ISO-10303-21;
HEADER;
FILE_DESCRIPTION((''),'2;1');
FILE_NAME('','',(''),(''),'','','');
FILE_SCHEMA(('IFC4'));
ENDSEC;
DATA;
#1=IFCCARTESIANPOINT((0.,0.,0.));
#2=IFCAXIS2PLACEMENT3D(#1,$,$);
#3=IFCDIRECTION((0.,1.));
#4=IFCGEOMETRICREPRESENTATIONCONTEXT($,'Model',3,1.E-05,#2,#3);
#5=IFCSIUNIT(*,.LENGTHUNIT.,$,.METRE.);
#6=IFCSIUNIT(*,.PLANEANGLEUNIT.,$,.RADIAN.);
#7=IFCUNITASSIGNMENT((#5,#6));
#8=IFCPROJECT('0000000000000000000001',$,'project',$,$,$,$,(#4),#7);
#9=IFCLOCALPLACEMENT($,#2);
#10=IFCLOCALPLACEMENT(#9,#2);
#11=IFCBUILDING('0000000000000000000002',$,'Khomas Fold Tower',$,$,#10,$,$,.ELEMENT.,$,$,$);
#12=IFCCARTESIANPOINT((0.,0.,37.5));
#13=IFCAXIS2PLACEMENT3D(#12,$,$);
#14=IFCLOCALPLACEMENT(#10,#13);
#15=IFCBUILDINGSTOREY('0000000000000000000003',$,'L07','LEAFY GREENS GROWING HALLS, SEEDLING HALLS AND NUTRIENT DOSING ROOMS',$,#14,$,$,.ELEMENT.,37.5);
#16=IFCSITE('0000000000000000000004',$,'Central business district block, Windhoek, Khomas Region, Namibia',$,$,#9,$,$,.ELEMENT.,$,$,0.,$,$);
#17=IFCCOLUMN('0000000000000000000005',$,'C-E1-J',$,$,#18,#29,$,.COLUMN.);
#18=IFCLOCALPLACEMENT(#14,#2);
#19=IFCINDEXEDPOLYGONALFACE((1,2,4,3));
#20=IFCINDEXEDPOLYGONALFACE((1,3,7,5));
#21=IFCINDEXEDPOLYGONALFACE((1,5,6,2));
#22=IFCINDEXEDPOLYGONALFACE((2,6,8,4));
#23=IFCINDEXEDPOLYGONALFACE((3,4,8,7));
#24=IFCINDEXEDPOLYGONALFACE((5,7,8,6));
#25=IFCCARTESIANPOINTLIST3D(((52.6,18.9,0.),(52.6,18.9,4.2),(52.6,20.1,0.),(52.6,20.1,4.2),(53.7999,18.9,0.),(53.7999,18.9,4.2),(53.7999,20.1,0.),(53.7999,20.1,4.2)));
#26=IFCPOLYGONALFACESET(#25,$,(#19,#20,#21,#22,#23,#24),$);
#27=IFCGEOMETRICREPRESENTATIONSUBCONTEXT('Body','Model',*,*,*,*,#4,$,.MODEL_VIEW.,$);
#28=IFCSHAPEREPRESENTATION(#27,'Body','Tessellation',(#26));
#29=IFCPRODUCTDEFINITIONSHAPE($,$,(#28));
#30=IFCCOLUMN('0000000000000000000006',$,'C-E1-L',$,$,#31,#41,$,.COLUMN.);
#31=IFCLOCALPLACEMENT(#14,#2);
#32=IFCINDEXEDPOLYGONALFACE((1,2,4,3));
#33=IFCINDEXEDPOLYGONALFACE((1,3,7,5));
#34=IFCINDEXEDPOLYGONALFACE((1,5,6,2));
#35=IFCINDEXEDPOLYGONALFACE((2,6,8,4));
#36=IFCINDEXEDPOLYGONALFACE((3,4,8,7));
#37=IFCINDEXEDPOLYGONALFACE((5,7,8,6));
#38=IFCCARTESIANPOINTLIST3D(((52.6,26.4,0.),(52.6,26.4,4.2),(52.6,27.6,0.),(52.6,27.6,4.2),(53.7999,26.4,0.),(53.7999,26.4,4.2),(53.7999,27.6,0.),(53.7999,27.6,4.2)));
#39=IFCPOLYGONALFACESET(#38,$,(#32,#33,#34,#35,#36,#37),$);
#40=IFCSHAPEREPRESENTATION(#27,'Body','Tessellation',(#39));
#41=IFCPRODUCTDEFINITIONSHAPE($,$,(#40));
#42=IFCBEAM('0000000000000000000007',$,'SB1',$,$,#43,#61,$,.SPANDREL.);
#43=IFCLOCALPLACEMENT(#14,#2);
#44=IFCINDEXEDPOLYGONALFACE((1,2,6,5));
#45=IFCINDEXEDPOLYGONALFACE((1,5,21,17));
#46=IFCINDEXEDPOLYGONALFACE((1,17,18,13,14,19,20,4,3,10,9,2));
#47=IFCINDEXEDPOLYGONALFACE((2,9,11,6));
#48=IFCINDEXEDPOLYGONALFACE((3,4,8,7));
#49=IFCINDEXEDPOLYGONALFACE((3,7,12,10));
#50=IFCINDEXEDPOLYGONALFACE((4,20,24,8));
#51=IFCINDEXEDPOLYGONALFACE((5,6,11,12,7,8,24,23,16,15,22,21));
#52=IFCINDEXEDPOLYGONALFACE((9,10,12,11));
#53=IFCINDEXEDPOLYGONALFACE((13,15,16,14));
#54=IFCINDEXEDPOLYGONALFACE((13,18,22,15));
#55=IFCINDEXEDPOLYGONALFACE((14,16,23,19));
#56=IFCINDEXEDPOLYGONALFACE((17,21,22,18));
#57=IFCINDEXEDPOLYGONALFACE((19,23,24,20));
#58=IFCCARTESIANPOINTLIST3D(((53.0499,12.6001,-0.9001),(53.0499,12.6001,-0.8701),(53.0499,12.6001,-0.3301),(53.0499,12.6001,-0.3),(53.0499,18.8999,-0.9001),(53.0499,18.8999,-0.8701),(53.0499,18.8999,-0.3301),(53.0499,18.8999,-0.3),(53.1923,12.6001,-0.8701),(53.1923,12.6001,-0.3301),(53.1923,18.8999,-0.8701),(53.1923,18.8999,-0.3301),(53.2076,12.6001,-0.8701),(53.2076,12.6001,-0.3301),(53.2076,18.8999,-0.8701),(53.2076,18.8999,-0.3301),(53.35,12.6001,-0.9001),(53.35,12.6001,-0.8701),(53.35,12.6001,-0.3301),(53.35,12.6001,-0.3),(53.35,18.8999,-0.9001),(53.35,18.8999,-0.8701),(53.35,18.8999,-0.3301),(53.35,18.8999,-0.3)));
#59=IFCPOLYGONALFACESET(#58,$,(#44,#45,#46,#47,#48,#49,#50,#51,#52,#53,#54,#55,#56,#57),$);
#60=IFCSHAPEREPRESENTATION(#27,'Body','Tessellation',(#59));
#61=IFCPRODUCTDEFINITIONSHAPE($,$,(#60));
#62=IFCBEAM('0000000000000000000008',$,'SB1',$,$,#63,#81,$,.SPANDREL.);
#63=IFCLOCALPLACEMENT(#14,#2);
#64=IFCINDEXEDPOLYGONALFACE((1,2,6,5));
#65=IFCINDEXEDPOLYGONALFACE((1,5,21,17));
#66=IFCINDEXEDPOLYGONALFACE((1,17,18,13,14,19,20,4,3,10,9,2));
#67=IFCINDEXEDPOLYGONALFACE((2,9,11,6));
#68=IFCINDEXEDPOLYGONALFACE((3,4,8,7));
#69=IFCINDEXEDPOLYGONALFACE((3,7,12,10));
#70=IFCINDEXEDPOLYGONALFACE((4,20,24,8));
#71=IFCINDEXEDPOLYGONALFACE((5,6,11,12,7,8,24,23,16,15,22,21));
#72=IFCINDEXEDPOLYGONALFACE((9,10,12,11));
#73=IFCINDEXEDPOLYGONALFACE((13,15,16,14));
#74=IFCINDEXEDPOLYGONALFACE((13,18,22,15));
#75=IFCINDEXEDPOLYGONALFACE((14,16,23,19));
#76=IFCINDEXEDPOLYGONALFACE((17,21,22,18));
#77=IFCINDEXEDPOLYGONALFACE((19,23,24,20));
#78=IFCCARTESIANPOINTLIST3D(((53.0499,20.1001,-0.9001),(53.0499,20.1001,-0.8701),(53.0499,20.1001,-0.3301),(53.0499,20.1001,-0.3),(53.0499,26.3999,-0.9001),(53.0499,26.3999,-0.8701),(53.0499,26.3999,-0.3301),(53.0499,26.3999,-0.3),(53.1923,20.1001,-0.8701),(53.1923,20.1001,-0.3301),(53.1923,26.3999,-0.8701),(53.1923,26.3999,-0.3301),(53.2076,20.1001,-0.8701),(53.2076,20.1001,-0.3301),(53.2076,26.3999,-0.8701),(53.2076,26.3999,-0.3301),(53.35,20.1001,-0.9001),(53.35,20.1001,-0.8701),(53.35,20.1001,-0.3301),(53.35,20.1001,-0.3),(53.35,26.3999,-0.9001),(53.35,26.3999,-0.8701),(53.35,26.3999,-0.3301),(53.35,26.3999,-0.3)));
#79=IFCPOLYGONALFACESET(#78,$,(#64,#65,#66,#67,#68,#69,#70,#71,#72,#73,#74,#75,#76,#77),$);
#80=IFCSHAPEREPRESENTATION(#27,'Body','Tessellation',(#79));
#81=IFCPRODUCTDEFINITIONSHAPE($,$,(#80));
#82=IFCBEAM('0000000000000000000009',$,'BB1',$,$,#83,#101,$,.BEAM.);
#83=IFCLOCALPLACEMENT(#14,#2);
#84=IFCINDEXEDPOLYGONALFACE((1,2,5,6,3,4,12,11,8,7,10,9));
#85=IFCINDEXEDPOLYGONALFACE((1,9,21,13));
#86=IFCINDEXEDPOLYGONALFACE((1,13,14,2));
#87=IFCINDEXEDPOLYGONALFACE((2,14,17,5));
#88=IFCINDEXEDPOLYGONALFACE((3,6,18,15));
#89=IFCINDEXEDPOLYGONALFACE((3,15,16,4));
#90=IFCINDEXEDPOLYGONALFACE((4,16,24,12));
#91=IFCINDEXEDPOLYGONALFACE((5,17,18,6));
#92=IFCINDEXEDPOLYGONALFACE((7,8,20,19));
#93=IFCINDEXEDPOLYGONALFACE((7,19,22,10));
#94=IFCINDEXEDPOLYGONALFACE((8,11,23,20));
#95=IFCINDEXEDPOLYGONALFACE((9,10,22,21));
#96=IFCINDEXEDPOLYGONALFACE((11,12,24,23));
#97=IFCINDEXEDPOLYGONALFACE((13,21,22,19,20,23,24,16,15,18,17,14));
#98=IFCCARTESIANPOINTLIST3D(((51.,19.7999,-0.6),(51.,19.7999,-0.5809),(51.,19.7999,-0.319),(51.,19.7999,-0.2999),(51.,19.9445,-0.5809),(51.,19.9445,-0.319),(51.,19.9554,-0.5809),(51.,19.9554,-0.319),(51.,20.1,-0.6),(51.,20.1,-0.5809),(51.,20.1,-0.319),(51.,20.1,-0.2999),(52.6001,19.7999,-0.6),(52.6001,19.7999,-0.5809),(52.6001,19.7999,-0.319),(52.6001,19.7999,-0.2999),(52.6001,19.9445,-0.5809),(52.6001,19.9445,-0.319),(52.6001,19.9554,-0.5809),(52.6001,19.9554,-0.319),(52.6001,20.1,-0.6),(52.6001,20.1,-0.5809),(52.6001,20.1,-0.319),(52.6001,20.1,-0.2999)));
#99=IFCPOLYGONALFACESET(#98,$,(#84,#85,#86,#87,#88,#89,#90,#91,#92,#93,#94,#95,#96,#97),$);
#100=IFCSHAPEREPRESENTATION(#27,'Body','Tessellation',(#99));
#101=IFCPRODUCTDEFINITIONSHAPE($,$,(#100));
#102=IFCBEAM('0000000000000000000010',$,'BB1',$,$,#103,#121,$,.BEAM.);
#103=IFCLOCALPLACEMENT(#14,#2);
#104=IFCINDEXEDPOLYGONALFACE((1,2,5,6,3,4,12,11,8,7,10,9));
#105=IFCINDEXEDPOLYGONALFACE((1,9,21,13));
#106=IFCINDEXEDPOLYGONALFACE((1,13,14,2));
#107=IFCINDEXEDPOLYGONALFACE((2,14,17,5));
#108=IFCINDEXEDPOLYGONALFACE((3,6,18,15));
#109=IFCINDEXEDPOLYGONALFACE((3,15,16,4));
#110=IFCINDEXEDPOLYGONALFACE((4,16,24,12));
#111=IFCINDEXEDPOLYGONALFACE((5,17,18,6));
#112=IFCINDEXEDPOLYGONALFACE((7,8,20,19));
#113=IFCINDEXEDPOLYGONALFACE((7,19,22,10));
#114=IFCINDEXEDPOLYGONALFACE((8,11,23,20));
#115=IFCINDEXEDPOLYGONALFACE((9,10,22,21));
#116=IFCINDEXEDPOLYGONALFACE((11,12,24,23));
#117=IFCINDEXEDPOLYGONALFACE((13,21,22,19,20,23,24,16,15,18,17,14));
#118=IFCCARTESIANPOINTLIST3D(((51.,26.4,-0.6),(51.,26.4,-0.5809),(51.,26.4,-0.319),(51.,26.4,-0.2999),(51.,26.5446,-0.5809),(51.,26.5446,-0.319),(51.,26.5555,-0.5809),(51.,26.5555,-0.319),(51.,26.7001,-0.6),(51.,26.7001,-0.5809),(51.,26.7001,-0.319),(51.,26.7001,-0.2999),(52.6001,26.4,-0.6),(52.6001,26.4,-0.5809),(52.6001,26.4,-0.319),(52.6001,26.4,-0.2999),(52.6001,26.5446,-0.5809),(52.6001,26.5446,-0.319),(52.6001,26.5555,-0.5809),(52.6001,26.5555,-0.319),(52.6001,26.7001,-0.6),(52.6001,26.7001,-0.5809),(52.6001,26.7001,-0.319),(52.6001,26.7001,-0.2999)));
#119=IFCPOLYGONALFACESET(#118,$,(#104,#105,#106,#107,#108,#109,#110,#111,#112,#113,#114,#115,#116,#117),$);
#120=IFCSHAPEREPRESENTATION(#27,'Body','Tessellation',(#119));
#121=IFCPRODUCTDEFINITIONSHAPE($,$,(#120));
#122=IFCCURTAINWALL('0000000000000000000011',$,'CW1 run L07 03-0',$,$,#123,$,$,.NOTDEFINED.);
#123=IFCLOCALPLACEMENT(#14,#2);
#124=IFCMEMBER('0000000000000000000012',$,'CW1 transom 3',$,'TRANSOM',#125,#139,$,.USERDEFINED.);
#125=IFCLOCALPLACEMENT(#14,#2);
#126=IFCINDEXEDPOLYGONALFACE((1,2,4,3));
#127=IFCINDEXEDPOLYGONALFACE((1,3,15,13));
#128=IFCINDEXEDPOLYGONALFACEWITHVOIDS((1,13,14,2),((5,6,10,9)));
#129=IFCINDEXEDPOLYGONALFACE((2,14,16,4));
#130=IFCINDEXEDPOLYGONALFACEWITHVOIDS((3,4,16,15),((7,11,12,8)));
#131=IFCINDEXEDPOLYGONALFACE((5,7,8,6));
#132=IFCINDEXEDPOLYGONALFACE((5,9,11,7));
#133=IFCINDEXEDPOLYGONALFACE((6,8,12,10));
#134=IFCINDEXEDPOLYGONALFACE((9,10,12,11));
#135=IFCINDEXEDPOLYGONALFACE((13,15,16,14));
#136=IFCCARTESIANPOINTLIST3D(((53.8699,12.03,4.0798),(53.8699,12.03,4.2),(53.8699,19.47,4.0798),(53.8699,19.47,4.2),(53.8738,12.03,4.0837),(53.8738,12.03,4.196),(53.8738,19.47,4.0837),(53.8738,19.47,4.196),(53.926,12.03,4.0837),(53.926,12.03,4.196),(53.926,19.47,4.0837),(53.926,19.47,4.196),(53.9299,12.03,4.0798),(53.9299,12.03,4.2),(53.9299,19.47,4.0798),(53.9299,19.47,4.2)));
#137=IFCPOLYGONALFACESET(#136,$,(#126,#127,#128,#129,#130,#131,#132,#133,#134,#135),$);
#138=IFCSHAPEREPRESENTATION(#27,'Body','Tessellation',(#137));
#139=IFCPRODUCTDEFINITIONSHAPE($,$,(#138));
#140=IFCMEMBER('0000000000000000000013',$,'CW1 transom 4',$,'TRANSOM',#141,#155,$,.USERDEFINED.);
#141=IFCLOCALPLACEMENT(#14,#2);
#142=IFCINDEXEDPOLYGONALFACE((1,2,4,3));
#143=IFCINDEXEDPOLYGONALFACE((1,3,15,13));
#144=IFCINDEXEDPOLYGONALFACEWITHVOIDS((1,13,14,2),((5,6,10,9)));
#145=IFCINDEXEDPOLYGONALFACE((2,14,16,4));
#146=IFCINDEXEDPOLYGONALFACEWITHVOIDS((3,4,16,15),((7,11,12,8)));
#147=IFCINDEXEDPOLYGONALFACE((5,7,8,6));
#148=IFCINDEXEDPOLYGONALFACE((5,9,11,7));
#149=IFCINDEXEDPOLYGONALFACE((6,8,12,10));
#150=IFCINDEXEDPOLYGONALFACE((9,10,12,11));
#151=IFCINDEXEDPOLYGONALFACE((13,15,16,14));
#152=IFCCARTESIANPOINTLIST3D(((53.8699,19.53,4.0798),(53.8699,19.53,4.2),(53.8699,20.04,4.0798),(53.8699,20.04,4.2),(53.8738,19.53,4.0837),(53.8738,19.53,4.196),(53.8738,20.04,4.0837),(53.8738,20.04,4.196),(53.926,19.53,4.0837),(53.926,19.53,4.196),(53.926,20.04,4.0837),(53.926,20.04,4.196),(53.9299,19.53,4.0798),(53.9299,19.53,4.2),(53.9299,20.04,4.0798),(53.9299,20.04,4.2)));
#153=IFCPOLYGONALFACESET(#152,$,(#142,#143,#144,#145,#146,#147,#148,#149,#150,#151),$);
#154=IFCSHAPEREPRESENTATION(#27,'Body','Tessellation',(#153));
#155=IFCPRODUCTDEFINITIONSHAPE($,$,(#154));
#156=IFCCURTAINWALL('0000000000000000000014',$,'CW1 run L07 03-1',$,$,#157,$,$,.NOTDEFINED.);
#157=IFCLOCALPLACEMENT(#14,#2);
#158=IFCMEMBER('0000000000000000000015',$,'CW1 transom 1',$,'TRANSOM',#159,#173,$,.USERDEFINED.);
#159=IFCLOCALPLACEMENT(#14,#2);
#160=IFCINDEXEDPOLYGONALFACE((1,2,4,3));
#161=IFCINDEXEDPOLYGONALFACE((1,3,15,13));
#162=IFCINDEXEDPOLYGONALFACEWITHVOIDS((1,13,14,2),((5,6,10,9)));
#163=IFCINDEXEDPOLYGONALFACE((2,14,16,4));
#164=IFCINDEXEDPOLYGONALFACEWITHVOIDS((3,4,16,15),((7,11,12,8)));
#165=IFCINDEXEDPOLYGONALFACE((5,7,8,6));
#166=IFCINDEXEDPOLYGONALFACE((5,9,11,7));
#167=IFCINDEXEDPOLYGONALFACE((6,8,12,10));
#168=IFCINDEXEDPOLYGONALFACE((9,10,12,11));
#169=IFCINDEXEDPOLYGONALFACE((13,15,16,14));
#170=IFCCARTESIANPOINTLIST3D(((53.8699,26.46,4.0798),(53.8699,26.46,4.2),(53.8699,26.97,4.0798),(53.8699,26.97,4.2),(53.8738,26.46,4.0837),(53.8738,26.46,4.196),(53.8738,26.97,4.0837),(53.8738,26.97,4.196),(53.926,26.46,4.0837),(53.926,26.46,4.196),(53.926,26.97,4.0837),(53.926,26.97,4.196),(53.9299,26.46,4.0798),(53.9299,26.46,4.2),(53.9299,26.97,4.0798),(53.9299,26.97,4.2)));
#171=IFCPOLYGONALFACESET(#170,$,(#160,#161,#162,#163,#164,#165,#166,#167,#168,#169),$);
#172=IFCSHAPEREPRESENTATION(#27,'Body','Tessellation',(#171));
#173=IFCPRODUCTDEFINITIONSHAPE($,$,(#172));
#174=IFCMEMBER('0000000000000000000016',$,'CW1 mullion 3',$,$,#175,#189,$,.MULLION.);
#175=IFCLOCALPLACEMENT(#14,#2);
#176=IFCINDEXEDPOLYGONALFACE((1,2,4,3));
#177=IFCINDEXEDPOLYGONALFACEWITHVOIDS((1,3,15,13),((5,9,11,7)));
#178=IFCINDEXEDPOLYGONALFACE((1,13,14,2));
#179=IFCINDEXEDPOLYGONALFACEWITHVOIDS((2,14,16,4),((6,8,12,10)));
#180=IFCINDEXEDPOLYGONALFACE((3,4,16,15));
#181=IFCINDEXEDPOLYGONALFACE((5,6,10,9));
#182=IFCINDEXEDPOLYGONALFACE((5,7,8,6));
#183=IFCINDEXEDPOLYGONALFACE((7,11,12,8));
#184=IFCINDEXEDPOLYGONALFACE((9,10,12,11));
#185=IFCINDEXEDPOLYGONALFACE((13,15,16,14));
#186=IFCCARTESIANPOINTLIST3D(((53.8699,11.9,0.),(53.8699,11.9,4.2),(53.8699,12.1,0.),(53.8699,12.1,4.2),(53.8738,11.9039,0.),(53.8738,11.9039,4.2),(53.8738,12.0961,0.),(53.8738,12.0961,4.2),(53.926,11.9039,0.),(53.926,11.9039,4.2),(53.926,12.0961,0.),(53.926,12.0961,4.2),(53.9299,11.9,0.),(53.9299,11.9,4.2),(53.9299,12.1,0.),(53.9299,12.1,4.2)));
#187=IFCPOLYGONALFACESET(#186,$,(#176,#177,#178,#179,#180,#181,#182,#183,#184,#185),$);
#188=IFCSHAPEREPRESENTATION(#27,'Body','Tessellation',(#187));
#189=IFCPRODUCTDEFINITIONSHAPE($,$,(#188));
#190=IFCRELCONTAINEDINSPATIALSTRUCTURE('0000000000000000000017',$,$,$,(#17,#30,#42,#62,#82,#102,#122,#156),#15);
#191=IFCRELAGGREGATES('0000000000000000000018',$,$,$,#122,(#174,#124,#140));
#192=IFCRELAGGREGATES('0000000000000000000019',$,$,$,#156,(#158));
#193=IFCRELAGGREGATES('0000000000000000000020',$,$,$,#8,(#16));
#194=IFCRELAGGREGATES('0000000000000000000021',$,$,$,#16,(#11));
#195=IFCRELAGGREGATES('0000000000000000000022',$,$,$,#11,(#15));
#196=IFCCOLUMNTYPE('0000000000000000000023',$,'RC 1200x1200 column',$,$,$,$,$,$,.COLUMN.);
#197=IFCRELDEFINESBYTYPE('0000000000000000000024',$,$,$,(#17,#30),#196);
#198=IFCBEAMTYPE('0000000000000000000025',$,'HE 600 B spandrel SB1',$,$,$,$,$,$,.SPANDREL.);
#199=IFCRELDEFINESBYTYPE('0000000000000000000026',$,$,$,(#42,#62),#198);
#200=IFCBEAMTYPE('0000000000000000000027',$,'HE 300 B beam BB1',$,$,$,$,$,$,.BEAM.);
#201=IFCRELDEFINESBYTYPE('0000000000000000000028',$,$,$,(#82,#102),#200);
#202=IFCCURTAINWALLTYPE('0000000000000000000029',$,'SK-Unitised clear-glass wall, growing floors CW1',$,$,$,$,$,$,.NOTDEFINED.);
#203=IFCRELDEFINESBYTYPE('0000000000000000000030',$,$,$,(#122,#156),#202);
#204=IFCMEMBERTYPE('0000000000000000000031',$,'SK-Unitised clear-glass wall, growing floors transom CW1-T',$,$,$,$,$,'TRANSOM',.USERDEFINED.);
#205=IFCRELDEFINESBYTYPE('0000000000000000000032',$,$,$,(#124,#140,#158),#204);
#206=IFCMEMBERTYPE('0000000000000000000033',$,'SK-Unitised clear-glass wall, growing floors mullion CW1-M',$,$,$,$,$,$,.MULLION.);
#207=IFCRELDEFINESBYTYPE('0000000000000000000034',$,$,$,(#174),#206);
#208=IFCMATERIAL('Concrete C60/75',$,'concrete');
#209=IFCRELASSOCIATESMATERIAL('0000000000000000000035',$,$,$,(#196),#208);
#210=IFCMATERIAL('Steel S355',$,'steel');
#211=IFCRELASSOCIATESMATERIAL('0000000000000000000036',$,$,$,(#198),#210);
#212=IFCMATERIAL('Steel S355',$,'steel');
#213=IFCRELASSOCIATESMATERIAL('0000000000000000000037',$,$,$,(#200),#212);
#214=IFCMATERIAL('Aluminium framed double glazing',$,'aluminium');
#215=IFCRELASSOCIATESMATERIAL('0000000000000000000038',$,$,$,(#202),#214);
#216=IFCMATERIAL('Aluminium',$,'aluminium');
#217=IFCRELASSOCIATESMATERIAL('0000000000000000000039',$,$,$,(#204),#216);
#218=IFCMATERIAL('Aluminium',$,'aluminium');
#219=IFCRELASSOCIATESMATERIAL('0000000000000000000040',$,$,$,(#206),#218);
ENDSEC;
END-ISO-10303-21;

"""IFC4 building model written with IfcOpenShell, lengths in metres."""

from ifc_helpers import new_model, si_unit, direction, frame, origin, origin_2d, place, context, subcontext, project, spatial, rectangle, hollow_rectangle, i_section, extrude, source, transform, mapped, material, material_profile, profile_set, type_object, element, aggregate, save


model = new_model("IFC4")

# Units and contexts
model_context = context("Model", 3, precision=1e-05, world=origin(), true_north=direction((0.0, 1.0)))
body_context = subcontext(model_context, "Body", "Model", "MODEL_VIEW")
ifc_project = project(units=[si_unit("LENGTHUNIT", "METRE"), si_unit("PLANEANGLEUNIT", "RADIAN")], contexts=[model_context])

# Site, building, storey
site_placement = place(None, origin())
site = spatial("IfcSite", under=ifc_project, at=site_placement, Name="Central business district block, Windhoek, Khomas Region, Namibia", CompositionType="ELEMENT", RefElevation=0.0)
building_placement = place(site_placement, origin())
building = spatial("IfcBuilding", under=site, at=building_placement, Name="Khomas Fold Tower", CompositionType="ELEMENT")
storey_placement = place(building_placement, frame((0.0, 0.0, 37.5)))
storey = spatial("IfcBuildingStorey", under=building, at=storey_placement, Name="L07", Description="LEAFY GREENS GROWING HALLS, SEEDLING HALLS AND NUTRIENT DOSING ROOMS", CompositionType="ELEMENT", Elevation=37.5)

# Columns
ifc_material_1 = material(Name="Concrete C60/75", Category="concrete")
ifc_material_profile_1 = material_profile(ifc_material_1, rectangle(XDim=1.2, YDim=1.2, at=origin_2d()), Name="RC 1200x1200")
ifc_profile_set_1 = profile_set([ifc_material_profile_1], Name="Concrete C60/75")
column_type = type_object("IfcColumnType", Name="RC 1200x1200 column", PredefinedType="COLUMN", material=ifc_profile_set_1)
shared_shape_1 = source(origin(), body_context, "Body", "SweptSolid", [
    extrude(rectangle(XDim=1.2, YDim=1.2, at=origin_2d()), origin(), (0.0, 0.0, 1.0), 4.2),
])
for number, where, z_axis, x_axis, name in (
    (1, (53.2, 19.5, 0.0), (0.0, 0.0, 1.0), (1.0, 0.0, 0.0), "C-E1-J"),
    (2, (53.2, 27.0, 0.0), (0.0, 0.0, 1.0), (1.0, 0.0, 0.0), "C-E1-L"),
):
    element("IfcColumn", number, at=place(storey_placement, frame(where, z_axis=z_axis, x_axis=x_axis)), inside=storey, type_object=column_type, Name=name, PredefinedType="COLUMN", context=body_context, shape_type="MappedRepresentation", body=[
        mapped(shared_shape_1, transform((0.0, 0.0, 0.0))),
    ])

# Beams
ifc_material_2 = material(Name="Steel S355", Category="steel")
ifc_material_profile_2 = material_profile(ifc_material_2, i_section(OverallWidth=0.3, OverallDepth=0.6001, WebThickness=0.0154, FlangeThickness=0.03, at=origin_2d()), Name="HE 600 B")
ifc_profile_set_2 = profile_set([ifc_material_profile_2], Name="Steel S355")
beam_type_1 = type_object("IfcBeamType", Name="HE 600 B spandrel SB1", PredefinedType="SPANDREL", material=ifc_profile_set_2)
shared_shape_2 = source(origin(), body_context, "Body", "SweptSolid", [
    extrude(i_section(OverallWidth=0.3, OverallDepth=0.6001, WebThickness=0.0154, FlangeThickness=0.03, at=origin_2d()), origin(), (0.0, 0.0, 1.0), 6.2998),
])
for number, where, z_axis, x_axis, name in (
    (3, (53.2, 12.6001, -0.6001), (0.0, 1.0, 0.0), (-1.0, 0.0, 0.0), "SB1"),
    (4, (53.2, 20.1001, -0.6001), (0.0, 1.0, 0.0), (-1.0, 0.0, 0.0), "SB1"),
):
    element("IfcBeam", number, at=place(storey_placement, frame(where, z_axis=z_axis, x_axis=x_axis)), inside=storey, type_object=beam_type_1, Name=name, PredefinedType="SPANDREL", context=body_context, shape_type="MappedRepresentation", body=[
        mapped(shared_shape_2, transform((0.0, 0.0, 0.0))),
    ])
ifc_material_3 = material(Name="Steel S355", Category="steel")
ifc_material_profile_3 = material_profile(ifc_material_3, i_section(OverallWidth=0.3, OverallDepth=0.3, WebThickness=0.011, FlangeThickness=0.019, at=origin_2d()), Name="HE 300 B")
ifc_profile_set_3 = profile_set([ifc_material_profile_3], Name="Steel S355")
beam_type_2 = type_object("IfcBeamType", Name="HE 300 B beam BB1", PredefinedType="BEAM", material=ifc_profile_set_3)
shared_shape_3 = source(origin(), body_context, "Body", "SweptSolid", [
    extrude(i_section(OverallWidth=0.3, OverallDepth=0.3, WebThickness=0.011, FlangeThickness=0.019, at=origin_2d()), origin(), (0.0, 0.0, 1.0), 1.6001),
])
for number, where, z_axis, x_axis, name in (
    (5, (51.0, 19.95, -0.45), (1.0, 0.0, 0.0), (0.0, 1.0, 0.0), "BB1"),
    (6, (51.0, 26.55, -0.45), (1.0, 0.0, 0.0), (0.0, 1.0, 0.0), "BB1"),
):
    element("IfcBeam", number, at=place(storey_placement, frame(where, z_axis=z_axis, x_axis=x_axis)), inside=storey, type_object=beam_type_2, Name=name, PredefinedType="BEAM", context=body_context, shape_type="MappedRepresentation", body=[
        mapped(shared_shape_3, transform((0.0, 0.0, 0.0))),
    ])

# Curtain wall, members
ifc_material_4 = material(Name="Aluminium framed double glazing", Category="aluminium")
curtain_wall_type = type_object("IfcCurtainWallType", Name="SK-Unitised clear-glass wall, growing floors CW1", PredefinedType="NOTDEFINED", material=ifc_material_4)
curtain_wall_1_placement = place(storey_placement, origin())
curtain_wall_1 = element("IfcCurtainWall", 7, at=curtain_wall_1_placement, inside=storey, type_object=curtain_wall_type, Name="CW1 run L07 03-0", PredefinedType="NOTDEFINED")
ifc_material_5 = material(Name="Aluminium", Category="aluminium")
ifc_material_profile_4 = material_profile(ifc_material_5, hollow_rectangle(XDim=0.0601, YDim=0.1201, WallThickness=0.0039, at=origin_2d()), Name="SK-Unitised clear-glass wall, growing floors transom CW1-T")
ifc_profile_set_4 = profile_set([ifc_material_profile_4], Name="Aluminium")
member_type_1 = type_object("IfcMemberType", Name="SK-Unitised clear-glass wall, growing floors transom CW1-T", ElementType="TRANSOM", PredefinedType="USERDEFINED", material=ifc_profile_set_4)
shared_shape_4 = source(origin(), body_context, "Body", "SweptSolid", [
    extrude(hollow_rectangle(XDim=0.0601, YDim=0.1201, WallThickness=0.0039, at=origin_2d()), origin(), (0.0, 0.0, 1.0), 7.4399),
])
member_1_placement = place(storey_placement, frame((53.8999, 12.03, 4.1399), z_axis=(0.0, 1.0, 0.0), x_axis=(-1.0, 0.0, 0.0)))
member_1 = element("IfcMember", 8, at=member_1_placement, type_object=member_type_1, Name="CW1 transom 3", ObjectType="TRANSOM", PredefinedType="USERDEFINED", context=body_context, shape_type="MappedRepresentation", body=[
    mapped(shared_shape_4, transform((0.0, 0.0, 0.0))),
])
shared_shape_5 = source(origin(), body_context, "Body", "SweptSolid", [
    extrude(hollow_rectangle(XDim=0.0601, YDim=0.1201, WallThickness=0.0039, at=origin_2d()), origin(), (0.0, 0.0, 1.0), 0.51),
])
member_2_placement = place(storey_placement, frame((53.8999, 19.53, 4.1399), z_axis=(0.0, 1.0, 0.0), x_axis=(-1.0, 0.0, 0.0)))
member_2 = element("IfcMember", 9, at=member_2_placement, type_object=member_type_1, Name="CW1 transom 4", ObjectType="TRANSOM", PredefinedType="USERDEFINED", context=body_context, shape_type="MappedRepresentation", body=[
    mapped(shared_shape_5, transform((0.0, 0.0, 0.0))),
])

# Curtain wall, member
curtain_wall_2_placement = place(storey_placement, origin())
curtain_wall_2 = element("IfcCurtainWall", 10, at=curtain_wall_2_placement, inside=storey, type_object=curtain_wall_type, Name="CW1 run L07 03-1", PredefinedType="NOTDEFINED")
member_3_placement = place(storey_placement, frame((53.8999, 26.46, 4.1399), z_axis=(0.0, 1.0, 0.0), x_axis=(-1.0, 0.0, 0.0)))
member_3 = element("IfcMember", 11, at=member_3_placement, type_object=member_type_1, Name="CW1 transom 1", ObjectType="TRANSOM", PredefinedType="USERDEFINED", context=body_context, shape_type="MappedRepresentation", body=[
    mapped(shared_shape_5, transform((0.0, 0.0, 0.0))),
])

# Member
ifc_material_6 = material(Name="Aluminium", Category="aluminium")
ifc_material_profile_5 = material_profile(ifc_material_6, hollow_rectangle(XDim=0.0601, YDim=0.2, WallThickness=0.0039, at=origin_2d()), Name="SK-Unitised clear-glass wall, growing floors mullion CW1-M")
ifc_profile_set_5 = profile_set([ifc_material_profile_5], Name="Aluminium")
member_type_2 = type_object("IfcMemberType", Name="SK-Unitised clear-glass wall, growing floors mullion CW1-M", PredefinedType="MULLION", material=ifc_profile_set_5)
shared_shape_6 = source(origin(), body_context, "Body", "SweptSolid", [
    extrude(hollow_rectangle(XDim=0.0601, YDim=0.2, WallThickness=0.0039, at=origin_2d()), origin(), (0.0, 0.0, 1.0), 4.2),
])
member_4_placement = place(storey_placement, frame((53.8999, 12.0, 0.0), z_axis=(0.0, 0.0, 1.0), x_axis=(-1.0, 0.0, 0.0)))
member_4 = element("IfcMember", 12, at=member_4_placement, type_object=member_type_2, Name="CW1 mullion 3", PredefinedType="MULLION", context=body_context, shape_type="MappedRepresentation", body=[
    mapped(shared_shape_6, transform((0.0, 0.0, 0.0))),
])

aggregate(curtain_wall_1, [member_4, member_1, member_2])
aggregate(curtain_wall_2, [member_3])

save(model, "model.ifc")
